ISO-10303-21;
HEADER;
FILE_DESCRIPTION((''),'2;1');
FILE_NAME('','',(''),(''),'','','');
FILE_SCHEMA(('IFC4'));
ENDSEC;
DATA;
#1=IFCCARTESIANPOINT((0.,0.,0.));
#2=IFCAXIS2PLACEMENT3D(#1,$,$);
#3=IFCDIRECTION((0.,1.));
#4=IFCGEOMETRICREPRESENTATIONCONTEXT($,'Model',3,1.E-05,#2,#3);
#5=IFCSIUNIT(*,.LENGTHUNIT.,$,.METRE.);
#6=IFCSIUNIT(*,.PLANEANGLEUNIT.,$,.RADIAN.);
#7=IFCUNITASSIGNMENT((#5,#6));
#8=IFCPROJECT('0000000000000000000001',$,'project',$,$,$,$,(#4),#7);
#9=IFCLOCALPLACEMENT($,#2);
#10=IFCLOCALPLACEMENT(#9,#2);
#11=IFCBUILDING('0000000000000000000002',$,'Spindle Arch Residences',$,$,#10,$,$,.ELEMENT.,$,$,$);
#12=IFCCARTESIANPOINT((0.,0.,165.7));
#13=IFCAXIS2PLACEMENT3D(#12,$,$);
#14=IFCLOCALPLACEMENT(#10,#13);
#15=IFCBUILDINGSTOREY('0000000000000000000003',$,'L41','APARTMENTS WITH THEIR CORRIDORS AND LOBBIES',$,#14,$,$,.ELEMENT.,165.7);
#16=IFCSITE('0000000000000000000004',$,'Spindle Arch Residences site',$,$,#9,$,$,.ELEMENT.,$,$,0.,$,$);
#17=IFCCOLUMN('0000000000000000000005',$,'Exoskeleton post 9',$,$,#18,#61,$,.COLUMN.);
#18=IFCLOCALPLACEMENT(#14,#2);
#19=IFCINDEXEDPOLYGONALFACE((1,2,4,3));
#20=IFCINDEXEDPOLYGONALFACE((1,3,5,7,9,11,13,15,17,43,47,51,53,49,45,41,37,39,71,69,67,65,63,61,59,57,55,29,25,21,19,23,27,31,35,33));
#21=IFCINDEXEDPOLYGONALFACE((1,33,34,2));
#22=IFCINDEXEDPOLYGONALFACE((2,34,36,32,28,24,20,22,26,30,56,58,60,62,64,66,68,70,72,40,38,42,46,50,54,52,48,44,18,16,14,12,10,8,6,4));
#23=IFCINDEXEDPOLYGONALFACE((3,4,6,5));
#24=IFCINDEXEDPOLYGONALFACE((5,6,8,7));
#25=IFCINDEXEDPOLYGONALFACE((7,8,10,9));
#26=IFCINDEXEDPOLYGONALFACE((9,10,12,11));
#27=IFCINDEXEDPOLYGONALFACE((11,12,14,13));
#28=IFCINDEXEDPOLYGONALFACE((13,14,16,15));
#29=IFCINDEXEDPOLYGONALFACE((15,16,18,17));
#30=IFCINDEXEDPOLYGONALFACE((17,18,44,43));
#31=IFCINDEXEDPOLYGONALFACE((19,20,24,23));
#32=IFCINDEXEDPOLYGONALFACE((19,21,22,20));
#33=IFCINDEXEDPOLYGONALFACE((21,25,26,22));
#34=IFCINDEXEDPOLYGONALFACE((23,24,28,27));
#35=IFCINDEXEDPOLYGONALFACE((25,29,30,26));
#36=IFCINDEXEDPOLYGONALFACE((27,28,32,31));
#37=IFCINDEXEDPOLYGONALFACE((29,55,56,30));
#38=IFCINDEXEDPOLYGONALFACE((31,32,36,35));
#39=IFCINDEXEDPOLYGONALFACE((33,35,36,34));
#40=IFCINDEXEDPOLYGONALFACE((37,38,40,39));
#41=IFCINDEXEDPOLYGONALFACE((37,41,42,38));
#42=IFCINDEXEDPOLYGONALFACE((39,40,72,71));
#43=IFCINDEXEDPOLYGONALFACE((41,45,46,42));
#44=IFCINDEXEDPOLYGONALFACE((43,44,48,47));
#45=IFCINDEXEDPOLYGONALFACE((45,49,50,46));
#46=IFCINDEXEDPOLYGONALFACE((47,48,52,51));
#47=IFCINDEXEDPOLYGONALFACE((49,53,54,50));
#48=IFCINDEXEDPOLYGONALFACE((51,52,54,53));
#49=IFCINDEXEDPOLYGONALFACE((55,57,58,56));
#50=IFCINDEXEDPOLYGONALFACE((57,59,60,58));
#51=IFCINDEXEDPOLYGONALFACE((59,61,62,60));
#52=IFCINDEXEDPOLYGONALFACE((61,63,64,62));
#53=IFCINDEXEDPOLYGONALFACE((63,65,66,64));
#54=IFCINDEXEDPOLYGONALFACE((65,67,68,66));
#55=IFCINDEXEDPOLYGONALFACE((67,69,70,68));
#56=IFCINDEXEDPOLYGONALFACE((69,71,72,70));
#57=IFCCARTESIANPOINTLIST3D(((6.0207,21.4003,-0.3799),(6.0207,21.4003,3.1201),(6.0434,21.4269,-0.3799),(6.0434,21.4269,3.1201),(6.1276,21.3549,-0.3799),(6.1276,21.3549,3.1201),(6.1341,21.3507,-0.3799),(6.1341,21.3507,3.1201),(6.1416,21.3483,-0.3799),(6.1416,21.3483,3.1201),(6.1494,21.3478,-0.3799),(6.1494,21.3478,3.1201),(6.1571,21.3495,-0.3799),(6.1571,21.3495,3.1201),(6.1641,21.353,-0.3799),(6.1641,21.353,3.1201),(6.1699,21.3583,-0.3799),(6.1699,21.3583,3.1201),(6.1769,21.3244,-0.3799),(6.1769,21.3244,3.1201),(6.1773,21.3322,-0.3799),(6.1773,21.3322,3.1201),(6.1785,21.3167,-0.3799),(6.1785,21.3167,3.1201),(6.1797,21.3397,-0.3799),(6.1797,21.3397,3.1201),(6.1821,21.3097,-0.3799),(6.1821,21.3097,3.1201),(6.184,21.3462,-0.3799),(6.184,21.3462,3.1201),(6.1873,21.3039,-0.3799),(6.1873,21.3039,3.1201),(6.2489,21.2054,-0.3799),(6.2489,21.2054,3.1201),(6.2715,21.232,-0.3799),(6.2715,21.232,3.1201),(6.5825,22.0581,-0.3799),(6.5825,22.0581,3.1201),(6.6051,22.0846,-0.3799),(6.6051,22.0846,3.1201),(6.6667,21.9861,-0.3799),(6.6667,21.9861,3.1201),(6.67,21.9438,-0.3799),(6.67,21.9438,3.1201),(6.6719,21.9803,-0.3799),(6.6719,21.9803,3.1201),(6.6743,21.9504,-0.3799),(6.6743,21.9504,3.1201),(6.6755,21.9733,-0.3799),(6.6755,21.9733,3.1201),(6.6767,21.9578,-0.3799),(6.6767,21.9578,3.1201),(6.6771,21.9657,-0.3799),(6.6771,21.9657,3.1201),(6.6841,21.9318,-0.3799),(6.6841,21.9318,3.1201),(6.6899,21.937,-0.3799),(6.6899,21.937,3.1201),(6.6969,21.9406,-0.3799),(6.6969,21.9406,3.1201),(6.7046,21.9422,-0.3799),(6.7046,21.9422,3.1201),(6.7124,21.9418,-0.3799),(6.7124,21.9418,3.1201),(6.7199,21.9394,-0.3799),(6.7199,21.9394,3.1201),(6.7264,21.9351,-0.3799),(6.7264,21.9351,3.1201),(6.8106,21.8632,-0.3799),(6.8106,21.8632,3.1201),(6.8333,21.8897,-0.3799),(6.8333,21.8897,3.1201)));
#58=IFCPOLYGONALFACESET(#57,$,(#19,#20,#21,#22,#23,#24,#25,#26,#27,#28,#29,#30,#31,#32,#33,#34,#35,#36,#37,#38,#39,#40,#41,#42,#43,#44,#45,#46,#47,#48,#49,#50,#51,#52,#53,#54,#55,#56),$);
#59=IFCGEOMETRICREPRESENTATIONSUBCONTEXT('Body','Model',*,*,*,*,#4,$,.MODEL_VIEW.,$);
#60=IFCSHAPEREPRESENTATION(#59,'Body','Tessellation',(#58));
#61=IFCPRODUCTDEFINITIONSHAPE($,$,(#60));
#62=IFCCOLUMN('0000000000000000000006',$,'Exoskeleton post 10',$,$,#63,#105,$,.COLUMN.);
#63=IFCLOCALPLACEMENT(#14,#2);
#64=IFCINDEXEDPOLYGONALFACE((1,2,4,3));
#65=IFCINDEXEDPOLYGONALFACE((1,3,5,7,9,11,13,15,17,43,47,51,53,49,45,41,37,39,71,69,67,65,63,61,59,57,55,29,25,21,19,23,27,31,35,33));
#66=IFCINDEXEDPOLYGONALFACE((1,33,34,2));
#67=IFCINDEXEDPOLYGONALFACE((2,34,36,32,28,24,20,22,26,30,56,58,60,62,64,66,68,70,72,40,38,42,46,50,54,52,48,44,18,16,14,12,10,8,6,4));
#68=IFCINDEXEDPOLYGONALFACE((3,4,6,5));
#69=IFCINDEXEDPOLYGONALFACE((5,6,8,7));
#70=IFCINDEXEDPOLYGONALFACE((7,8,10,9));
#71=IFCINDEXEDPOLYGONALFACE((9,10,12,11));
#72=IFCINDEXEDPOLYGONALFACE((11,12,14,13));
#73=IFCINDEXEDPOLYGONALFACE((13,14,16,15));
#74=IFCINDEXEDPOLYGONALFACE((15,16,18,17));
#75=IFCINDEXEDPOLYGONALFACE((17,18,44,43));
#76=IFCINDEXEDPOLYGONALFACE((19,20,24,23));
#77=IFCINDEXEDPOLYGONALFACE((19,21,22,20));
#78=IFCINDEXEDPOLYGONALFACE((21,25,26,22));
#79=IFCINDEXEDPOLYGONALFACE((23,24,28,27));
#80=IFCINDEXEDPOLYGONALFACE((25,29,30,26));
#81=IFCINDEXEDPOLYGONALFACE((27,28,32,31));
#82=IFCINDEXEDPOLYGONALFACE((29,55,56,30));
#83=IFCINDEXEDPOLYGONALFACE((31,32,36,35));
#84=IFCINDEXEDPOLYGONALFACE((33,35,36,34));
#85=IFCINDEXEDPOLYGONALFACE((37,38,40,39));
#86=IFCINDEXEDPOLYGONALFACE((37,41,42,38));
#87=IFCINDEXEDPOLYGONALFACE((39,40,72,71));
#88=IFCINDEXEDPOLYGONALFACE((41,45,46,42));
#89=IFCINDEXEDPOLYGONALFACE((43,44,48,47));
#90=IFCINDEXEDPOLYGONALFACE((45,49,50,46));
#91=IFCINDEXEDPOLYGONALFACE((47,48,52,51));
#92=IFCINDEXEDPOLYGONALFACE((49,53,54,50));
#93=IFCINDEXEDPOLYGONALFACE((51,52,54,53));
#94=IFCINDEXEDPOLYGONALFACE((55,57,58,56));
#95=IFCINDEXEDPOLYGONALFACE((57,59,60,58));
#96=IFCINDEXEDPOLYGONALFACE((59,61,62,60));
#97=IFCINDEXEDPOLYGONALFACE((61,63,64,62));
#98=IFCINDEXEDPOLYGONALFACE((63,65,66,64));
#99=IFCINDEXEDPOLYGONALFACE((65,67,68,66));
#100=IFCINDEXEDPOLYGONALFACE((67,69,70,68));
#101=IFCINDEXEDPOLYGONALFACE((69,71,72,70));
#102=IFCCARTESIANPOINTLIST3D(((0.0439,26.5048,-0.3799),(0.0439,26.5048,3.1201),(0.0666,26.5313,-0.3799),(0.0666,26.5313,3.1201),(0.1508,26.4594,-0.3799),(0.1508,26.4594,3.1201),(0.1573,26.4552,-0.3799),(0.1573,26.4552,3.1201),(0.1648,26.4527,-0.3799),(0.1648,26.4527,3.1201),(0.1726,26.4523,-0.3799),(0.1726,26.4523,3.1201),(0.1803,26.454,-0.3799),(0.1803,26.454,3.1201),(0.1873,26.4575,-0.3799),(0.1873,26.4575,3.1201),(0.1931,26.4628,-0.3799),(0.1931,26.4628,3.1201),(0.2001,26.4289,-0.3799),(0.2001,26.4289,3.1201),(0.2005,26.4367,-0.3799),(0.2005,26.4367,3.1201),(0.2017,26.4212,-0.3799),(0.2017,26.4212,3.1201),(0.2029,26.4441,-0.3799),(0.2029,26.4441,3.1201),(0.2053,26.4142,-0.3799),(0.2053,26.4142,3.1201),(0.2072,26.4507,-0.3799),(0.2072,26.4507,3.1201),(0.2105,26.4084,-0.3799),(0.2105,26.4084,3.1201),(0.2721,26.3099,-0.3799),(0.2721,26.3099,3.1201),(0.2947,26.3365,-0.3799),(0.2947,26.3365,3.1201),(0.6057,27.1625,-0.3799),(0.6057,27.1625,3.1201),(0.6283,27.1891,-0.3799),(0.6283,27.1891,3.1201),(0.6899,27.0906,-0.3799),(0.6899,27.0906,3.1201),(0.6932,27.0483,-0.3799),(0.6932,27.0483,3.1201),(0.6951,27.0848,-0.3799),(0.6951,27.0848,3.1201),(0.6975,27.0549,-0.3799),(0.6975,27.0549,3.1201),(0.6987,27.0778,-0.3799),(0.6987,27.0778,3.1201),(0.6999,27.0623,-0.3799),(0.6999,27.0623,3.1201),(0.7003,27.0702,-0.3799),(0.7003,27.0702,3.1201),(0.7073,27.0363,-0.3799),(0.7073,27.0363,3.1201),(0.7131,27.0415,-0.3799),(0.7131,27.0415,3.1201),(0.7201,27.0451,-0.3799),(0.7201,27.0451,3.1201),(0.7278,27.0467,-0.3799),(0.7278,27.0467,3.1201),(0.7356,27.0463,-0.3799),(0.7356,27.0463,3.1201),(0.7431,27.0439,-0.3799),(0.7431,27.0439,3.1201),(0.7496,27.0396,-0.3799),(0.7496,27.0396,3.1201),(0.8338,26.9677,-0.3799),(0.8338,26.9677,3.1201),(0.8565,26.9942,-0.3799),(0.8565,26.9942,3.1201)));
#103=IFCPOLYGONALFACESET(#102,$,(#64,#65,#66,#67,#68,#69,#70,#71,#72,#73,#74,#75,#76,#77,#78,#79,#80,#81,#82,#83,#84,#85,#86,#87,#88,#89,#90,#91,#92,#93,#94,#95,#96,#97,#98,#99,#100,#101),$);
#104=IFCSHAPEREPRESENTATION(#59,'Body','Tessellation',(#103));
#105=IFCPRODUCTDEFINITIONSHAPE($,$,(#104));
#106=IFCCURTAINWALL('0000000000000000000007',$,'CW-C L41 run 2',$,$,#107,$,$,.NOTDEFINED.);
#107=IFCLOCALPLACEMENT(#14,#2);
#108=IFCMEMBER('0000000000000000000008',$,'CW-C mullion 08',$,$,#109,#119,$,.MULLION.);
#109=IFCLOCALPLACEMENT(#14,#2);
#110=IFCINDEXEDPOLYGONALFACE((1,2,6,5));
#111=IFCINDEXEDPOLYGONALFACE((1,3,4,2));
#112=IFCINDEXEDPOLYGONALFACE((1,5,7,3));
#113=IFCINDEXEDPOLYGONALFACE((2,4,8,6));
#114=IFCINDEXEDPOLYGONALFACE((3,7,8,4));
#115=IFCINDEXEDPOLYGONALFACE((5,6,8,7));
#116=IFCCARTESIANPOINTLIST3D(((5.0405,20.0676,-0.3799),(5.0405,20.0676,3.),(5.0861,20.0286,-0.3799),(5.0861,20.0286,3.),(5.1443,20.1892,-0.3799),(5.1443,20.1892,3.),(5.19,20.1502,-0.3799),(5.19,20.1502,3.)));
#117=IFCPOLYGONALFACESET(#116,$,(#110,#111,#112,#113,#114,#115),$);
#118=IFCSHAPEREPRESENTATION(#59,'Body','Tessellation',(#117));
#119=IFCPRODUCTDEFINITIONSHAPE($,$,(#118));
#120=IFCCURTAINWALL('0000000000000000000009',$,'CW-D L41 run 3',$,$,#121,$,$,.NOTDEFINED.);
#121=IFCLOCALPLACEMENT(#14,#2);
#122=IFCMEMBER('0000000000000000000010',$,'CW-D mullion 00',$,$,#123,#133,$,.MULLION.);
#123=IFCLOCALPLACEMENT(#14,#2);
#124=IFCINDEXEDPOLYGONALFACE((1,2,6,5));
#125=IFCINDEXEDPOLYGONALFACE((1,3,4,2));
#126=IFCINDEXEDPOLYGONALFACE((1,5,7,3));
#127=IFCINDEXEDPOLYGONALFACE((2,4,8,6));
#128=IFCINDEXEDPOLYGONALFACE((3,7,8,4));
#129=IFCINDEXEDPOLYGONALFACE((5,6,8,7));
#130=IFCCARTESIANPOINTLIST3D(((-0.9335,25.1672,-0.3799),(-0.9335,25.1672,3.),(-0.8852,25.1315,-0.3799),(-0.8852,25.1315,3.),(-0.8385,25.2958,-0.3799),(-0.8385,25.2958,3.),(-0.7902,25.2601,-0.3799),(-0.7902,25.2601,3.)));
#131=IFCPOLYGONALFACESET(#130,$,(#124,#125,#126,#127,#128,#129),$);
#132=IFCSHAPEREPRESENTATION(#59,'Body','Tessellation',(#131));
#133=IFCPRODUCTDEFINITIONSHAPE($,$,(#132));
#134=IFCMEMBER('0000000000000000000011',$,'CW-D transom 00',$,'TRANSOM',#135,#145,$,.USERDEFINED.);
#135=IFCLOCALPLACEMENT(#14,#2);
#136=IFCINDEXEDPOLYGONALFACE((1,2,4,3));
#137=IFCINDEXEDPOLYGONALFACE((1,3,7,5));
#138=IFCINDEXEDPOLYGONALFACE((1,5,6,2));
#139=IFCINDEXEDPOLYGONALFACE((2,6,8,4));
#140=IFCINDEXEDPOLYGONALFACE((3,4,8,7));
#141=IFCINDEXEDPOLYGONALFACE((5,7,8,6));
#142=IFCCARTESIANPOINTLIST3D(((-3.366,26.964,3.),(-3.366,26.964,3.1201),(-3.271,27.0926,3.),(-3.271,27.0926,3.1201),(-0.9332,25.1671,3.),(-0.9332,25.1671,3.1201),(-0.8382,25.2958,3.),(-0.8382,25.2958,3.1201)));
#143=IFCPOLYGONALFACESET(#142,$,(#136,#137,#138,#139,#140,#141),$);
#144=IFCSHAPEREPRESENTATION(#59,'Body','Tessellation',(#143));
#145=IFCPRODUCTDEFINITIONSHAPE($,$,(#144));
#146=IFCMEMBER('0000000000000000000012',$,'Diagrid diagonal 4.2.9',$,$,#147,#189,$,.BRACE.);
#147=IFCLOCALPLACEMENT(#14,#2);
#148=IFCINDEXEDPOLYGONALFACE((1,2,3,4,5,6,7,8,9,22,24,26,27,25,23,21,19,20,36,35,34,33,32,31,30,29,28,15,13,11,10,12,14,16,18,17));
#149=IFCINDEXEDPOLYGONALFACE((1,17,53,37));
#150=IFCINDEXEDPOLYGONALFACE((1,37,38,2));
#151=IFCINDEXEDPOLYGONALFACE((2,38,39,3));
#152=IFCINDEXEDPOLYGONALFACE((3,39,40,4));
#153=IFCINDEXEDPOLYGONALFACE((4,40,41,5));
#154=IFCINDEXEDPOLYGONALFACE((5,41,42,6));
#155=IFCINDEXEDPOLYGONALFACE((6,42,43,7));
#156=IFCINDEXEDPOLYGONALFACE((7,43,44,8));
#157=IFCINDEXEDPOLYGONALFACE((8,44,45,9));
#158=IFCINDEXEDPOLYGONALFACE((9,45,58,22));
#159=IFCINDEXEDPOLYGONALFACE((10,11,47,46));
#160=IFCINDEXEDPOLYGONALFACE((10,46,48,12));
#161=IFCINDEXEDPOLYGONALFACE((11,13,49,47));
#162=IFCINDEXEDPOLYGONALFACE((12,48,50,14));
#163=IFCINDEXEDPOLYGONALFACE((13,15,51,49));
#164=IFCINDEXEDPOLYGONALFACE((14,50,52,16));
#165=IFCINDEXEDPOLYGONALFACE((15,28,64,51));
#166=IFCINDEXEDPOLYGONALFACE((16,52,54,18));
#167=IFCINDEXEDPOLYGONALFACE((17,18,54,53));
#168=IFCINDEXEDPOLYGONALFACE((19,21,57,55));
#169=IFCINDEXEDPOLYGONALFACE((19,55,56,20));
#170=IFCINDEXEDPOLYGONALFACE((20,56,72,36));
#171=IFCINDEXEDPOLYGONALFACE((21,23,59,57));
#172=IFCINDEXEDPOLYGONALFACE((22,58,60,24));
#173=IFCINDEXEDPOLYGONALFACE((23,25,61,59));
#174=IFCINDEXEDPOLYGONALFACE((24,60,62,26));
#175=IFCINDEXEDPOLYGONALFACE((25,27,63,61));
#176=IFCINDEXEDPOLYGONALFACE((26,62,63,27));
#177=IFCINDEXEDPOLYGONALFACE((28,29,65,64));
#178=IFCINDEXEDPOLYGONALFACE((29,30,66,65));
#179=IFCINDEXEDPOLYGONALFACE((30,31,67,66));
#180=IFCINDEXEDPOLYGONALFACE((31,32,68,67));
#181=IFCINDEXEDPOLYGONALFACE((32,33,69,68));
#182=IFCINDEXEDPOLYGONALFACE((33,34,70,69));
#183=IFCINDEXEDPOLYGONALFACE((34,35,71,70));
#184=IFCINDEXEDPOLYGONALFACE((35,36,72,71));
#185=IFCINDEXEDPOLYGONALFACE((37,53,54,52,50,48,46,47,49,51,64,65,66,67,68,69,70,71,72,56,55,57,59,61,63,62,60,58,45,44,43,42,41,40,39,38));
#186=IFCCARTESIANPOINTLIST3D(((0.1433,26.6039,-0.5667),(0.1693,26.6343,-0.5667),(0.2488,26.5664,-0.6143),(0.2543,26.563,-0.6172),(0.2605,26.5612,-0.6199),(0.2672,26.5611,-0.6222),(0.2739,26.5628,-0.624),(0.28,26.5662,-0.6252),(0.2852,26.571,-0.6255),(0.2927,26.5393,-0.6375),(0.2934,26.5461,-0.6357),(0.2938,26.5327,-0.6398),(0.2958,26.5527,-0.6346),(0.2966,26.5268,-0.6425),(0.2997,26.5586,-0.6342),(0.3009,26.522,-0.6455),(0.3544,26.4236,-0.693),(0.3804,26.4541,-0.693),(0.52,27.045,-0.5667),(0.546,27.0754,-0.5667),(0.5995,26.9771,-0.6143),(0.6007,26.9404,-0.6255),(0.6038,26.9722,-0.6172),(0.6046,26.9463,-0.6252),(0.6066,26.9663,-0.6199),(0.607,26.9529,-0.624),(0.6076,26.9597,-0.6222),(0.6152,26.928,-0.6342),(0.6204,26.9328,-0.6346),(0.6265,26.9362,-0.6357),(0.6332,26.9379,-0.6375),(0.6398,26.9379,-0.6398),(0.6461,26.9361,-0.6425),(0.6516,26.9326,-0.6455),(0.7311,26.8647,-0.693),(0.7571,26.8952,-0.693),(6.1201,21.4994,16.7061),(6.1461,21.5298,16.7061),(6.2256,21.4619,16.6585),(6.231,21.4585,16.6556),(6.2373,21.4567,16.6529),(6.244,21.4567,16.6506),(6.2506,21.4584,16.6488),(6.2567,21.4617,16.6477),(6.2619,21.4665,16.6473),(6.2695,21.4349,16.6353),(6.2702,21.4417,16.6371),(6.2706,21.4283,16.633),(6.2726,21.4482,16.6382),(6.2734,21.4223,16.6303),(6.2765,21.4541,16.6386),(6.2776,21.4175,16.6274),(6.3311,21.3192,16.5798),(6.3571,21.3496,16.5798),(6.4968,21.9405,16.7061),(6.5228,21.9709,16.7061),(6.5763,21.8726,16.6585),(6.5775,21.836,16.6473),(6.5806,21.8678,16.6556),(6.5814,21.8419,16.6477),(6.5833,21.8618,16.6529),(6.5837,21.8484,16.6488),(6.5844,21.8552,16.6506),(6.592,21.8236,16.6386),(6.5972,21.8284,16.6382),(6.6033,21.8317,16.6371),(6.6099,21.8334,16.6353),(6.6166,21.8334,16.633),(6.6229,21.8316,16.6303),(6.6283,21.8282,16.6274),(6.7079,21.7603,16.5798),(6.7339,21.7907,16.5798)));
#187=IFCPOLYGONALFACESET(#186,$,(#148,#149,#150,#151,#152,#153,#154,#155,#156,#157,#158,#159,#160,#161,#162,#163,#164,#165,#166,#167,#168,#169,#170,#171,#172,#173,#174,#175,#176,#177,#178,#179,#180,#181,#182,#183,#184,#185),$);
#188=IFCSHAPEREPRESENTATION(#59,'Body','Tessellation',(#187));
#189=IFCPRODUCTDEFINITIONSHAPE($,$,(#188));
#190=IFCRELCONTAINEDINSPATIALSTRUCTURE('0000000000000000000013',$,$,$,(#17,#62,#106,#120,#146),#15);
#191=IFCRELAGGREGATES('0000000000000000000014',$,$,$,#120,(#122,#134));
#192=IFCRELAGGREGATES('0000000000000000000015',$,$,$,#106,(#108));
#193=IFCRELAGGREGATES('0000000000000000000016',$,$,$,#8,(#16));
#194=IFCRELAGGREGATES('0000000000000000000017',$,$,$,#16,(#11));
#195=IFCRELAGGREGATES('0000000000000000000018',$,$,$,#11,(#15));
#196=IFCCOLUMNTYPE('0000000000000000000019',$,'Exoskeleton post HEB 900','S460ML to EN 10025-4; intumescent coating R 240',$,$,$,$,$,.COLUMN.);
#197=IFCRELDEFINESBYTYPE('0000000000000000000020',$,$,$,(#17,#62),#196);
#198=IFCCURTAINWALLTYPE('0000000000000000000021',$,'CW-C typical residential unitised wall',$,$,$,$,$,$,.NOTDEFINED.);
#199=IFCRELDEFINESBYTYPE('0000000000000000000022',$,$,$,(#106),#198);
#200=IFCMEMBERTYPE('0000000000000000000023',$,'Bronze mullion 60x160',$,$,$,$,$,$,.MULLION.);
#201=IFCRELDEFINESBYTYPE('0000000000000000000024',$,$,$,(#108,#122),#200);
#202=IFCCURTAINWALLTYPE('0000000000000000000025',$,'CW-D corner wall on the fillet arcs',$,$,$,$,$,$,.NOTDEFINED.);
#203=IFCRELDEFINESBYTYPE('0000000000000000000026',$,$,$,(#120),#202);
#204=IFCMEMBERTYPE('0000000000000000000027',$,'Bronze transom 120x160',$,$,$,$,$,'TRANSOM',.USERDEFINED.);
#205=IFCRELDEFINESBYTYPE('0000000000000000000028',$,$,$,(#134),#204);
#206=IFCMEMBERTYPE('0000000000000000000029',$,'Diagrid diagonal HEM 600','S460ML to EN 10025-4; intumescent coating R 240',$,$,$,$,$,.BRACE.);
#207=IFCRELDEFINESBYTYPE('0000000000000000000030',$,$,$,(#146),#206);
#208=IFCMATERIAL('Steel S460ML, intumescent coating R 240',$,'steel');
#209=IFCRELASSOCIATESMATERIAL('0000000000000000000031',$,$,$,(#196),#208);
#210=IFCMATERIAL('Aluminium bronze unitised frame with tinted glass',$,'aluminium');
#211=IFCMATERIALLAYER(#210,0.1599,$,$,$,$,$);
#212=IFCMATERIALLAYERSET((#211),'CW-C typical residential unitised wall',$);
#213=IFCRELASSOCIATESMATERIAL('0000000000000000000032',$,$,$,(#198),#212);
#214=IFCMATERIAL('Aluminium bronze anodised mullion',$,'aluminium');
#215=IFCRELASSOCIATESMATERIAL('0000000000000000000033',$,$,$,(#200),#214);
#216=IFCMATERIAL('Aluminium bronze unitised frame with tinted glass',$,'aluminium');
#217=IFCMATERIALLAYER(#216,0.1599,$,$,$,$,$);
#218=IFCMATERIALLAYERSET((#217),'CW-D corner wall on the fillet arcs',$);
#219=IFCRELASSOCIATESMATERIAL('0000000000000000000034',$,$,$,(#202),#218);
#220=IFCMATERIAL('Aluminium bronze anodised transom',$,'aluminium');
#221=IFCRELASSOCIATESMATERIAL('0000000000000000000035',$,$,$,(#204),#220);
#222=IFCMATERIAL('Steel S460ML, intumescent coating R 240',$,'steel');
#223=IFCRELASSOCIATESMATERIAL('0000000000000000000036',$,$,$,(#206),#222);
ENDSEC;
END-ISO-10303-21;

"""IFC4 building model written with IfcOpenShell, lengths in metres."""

from ifc_helpers import new_model, si_unit, direction, frame, origin, origin_2d, place, context, subcontext, project, spatial, rectangle, i_section, extrude, material, layer, layer_set, material_profile, profile_set, type_object, element, aggregate, save


model = new_model("IFC4")

# Units and contexts
model_context = context("Model", 3, precision=1e-05, world=origin(), true_north=direction((0.0, 1.0)))
body_context = subcontext(model_context, "Body", "Model", "MODEL_VIEW")
ifc_project = project(units=[si_unit("LENGTHUNIT", "METRE"), si_unit("PLANEANGLEUNIT", "RADIAN")], contexts=[model_context])

# Site, building, storey
site_placement = place(None, origin())
site = spatial("IfcSite", under=ifc_project, at=site_placement, Name="Spindle Arch Residences site", CompositionType="ELEMENT", RefElevation=0.0)
building_placement = place(site_placement, origin())
building = spatial("IfcBuilding", under=site, at=building_placement, Name="Spindle Arch Residences", CompositionType="ELEMENT")
storey_placement = place(building_placement, frame((0.0, 0.0, 165.7)))
storey = spatial("IfcBuildingStorey", under=building, at=storey_placement, Name="L41", Description="APARTMENTS WITH THEIR CORRIDORS AND LOBBIES", CompositionType="ELEMENT", Elevation=165.7)

# Columns
ifc_material_1 = material(Name="Steel S460ML, intumescent coating R 240", Category="steel")
ifc_material_profile_1 = material_profile(ifc_material_1, i_section(OverallWidth=0.3, OverallDepth=0.8999, WebThickness=0.0186, FlangeThickness=0.0349, FilletRadius=0.03, at=origin_2d()), Name="HEB 900")
ifc_profile_set_1 = profile_set([ifc_material_profile_1], Name="Steel S460ML, intumescent coating R 240")
column_type = type_object("IfcColumnType", Name="Exoskeleton post HEB 900", Description="S460ML to EN 10025-4; intumescent coating R 240", PredefinedType="COLUMN", material=ifc_profile_set_1)
for number, where, z_axis, x_axis, name in (
    (1, (6.427, 21.645, -0.3799), (0.0, 0.0, 1.0), (0.760406, -0.649448, 0.0), "Exoskeleton post 9"),
    (2, (0.4502, 26.7495, -0.3799), (0.0, 0.0, 1.0), (0.760406, -0.649448, 0.0), "Exoskeleton post 10"),
):
    element("IfcColumn", number, at=place(storey_placement, frame(where, z_axis=z_axis, x_axis=x_axis)), inside=storey, type_object=column_type, Name=name, PredefinedType="COLUMN", context=body_context, shape_type="SweptSolid", body=[
        extrude(i_section(OverallWidth=0.3, OverallDepth=0.8999, WebThickness=0.0186, FlangeThickness=0.0349, FilletRadius=0.03, at=origin_2d()), origin(), (0.0, 0.0, 1.0), 3.5),
    ])

# Curtain wall, member
ifc_material_2 = material(Name="Aluminium bronze unitised frame with tinted glass", Category="aluminium")
ifc_layer_1 = layer(ifc_material_2, 0.1599)
ifc_layer_set_1 = layer_set([ifc_layer_1], Name="CW-C typical residential unitised wall")
curtain_wall_type_1 = type_object("IfcCurtainWallType", Name="CW-C typical residential unitised wall", PredefinedType="NOTDEFINED", material=ifc_layer_set_1)
curtain_wall_1_placement = place(storey_placement, origin())
curtain_wall_1 = element("IfcCurtainWall", 3, at=curtain_wall_1_placement, inside=storey, type_object=curtain_wall_type_1, Name="CW-C L41 run 2", PredefinedType="NOTDEFINED")
ifc_material_3 = material(Name="Aluminium bronze anodised mullion", Category="aluminium")
ifc_material_profile_2 = material_profile(ifc_material_3, rectangle(XDim=0.1599, YDim=0.0601, at=origin_2d()), Name="MU 60x160")
ifc_profile_set_2 = profile_set([ifc_material_profile_2], Name="Aluminium bronze anodised mullion")
member_type_1 = type_object("IfcMemberType", Name="Bronze mullion 60x160", PredefinedType="MULLION", material=ifc_profile_set_2)
member_1_placement = place(storey_placement, frame((5.1152, 20.1089, -0.3799), z_axis=(0.0, 0.0, 1.0), x_axis=(-0.649448, -0.760406, 0.0)))
member_1 = element("IfcMember", 4, at=member_1_placement, type_object=member_type_1, Name="CW-C mullion 08", PredefinedType="MULLION", context=body_context, shape_type="SweptSolid", body=[
    extrude(rectangle(XDim=0.1599, YDim=0.0601, at=origin_2d()), origin(), (0.0, 0.0, 1.0), 3.3799),
])

# Curtain wall, members
ifc_material_4 = material(Name="Aluminium bronze unitised frame with tinted glass", Category="aluminium")
ifc_layer_2 = layer(ifc_material_4, 0.1599)
ifc_layer_set_2 = layer_set([ifc_layer_2], Name="CW-D corner wall on the fillet arcs")
curtain_wall_type_2 = type_object("IfcCurtainWallType", Name="CW-D corner wall on the fillet arcs", PredefinedType="NOTDEFINED", material=ifc_layer_set_2)
curtain_wall_2_placement = place(storey_placement, origin())
curtain_wall_2 = element("IfcCurtainWall", 5, at=curtain_wall_2_placement, inside=storey, type_object=curtain_wall_type_2, Name="CW-D L41 run 3", PredefinedType="NOTDEFINED")
member_2_placement = place(storey_placement, frame((-0.8618, 25.2136, -0.3799), z_axis=(0.0, 0.0, 1.0), x_axis=(-0.594134, -0.804366, 0.0)))
member_2 = element("IfcMember", 6, at=member_2_placement, type_object=member_type_1, Name="CW-D mullion 00", PredefinedType="MULLION", context=body_context, shape_type="SweptSolid", body=[
    extrude(rectangle(XDim=0.1599, YDim=0.0601, at=origin_2d()), origin(), (0.0, 0.0, 1.0), 3.3799),
])
ifc_material_5 = material(Name="Aluminium bronze anodised transom", Category="aluminium")
ifc_material_profile_3 = material_profile(ifc_material_5, rectangle(XDim=0.1599, YDim=0.1201, at=origin_2d()), Name="TR 120x160")
ifc_profile_set_3 = profile_set([ifc_material_profile_3], Name="Aluminium bronze anodised transom")
member_type_2 = type_object("IfcMemberType", Name="Bronze transom 120x160", ElementType="TRANSOM", PredefinedType="USERDEFINED", material=ifc_profile_set_3)
member_3_placement = place(storey_placement, frame((-0.8857, 25.2314, 3.0601), z_axis=(-0.804386, 0.594107, 0.0), x_axis=(-0.594107, -0.804386, 0.0)))
member_3 = element("IfcMember", 7, at=member_3_placement, type_object=member_type_2, Name="CW-D transom 00", ObjectType="TRANSOM", PredefinedType="USERDEFINED", context=body_context, shape_type="SweptSolid", body=[
    extrude(rectangle(XDim=0.1599, YDim=0.1201, at=origin_2d()), origin(), (0.0, 0.0, 1.0), 3.0244),
])
aggregate(curtain_wall_2, [member_2, member_3])

# Member
ifc_material_6 = material(Name="Steel S460ML, intumescent coating R 240", Category="steel")
ifc_material_profile_4 = material_profile(ifc_material_6, i_section(OverallWidth=0.3049, OverallDepth=0.6201, WebThickness=0.021, FlangeThickness=0.04, FilletRadius=0.0271, at=origin_2d()), Name="HEM 600")
ifc_profile_set_4 = profile_set([ifc_material_profile_4], Name="Steel S460ML, intumescent coating R 240")
member_type_3 = type_object("IfcMemberType", Name="Diagrid diagonal HEM 600", Description="S460ML to EN 10025-4; intumescent coating R 240", PredefinedType="BRACE", material=ifc_profile_set_4)
member_4_placement = place(storey_placement, frame((0.4502, 26.7495, -0.6299), z_axis=(0.314947, -0.268981, 0.910196), x_axis=(-0.692129, 0.591113, 0.414177)))
element("IfcMember", 8, at=member_4_placement, inside=storey, type_object=member_type_3, Name="Diagrid diagonal 4.2.9", PredefinedType="BRACE", context=body_context, shape_type="SweptSolid", body=[
    extrude(i_section(OverallWidth=0.3049, OverallDepth=0.6201, WebThickness=0.021, FlangeThickness=0.04, FilletRadius=0.0271, at=origin_2d()), origin(), (0.0, 0.0, 1.0), 18.9771),
])

aggregate(curtain_wall_1, [member_1])

save(model, "model.ifc")
